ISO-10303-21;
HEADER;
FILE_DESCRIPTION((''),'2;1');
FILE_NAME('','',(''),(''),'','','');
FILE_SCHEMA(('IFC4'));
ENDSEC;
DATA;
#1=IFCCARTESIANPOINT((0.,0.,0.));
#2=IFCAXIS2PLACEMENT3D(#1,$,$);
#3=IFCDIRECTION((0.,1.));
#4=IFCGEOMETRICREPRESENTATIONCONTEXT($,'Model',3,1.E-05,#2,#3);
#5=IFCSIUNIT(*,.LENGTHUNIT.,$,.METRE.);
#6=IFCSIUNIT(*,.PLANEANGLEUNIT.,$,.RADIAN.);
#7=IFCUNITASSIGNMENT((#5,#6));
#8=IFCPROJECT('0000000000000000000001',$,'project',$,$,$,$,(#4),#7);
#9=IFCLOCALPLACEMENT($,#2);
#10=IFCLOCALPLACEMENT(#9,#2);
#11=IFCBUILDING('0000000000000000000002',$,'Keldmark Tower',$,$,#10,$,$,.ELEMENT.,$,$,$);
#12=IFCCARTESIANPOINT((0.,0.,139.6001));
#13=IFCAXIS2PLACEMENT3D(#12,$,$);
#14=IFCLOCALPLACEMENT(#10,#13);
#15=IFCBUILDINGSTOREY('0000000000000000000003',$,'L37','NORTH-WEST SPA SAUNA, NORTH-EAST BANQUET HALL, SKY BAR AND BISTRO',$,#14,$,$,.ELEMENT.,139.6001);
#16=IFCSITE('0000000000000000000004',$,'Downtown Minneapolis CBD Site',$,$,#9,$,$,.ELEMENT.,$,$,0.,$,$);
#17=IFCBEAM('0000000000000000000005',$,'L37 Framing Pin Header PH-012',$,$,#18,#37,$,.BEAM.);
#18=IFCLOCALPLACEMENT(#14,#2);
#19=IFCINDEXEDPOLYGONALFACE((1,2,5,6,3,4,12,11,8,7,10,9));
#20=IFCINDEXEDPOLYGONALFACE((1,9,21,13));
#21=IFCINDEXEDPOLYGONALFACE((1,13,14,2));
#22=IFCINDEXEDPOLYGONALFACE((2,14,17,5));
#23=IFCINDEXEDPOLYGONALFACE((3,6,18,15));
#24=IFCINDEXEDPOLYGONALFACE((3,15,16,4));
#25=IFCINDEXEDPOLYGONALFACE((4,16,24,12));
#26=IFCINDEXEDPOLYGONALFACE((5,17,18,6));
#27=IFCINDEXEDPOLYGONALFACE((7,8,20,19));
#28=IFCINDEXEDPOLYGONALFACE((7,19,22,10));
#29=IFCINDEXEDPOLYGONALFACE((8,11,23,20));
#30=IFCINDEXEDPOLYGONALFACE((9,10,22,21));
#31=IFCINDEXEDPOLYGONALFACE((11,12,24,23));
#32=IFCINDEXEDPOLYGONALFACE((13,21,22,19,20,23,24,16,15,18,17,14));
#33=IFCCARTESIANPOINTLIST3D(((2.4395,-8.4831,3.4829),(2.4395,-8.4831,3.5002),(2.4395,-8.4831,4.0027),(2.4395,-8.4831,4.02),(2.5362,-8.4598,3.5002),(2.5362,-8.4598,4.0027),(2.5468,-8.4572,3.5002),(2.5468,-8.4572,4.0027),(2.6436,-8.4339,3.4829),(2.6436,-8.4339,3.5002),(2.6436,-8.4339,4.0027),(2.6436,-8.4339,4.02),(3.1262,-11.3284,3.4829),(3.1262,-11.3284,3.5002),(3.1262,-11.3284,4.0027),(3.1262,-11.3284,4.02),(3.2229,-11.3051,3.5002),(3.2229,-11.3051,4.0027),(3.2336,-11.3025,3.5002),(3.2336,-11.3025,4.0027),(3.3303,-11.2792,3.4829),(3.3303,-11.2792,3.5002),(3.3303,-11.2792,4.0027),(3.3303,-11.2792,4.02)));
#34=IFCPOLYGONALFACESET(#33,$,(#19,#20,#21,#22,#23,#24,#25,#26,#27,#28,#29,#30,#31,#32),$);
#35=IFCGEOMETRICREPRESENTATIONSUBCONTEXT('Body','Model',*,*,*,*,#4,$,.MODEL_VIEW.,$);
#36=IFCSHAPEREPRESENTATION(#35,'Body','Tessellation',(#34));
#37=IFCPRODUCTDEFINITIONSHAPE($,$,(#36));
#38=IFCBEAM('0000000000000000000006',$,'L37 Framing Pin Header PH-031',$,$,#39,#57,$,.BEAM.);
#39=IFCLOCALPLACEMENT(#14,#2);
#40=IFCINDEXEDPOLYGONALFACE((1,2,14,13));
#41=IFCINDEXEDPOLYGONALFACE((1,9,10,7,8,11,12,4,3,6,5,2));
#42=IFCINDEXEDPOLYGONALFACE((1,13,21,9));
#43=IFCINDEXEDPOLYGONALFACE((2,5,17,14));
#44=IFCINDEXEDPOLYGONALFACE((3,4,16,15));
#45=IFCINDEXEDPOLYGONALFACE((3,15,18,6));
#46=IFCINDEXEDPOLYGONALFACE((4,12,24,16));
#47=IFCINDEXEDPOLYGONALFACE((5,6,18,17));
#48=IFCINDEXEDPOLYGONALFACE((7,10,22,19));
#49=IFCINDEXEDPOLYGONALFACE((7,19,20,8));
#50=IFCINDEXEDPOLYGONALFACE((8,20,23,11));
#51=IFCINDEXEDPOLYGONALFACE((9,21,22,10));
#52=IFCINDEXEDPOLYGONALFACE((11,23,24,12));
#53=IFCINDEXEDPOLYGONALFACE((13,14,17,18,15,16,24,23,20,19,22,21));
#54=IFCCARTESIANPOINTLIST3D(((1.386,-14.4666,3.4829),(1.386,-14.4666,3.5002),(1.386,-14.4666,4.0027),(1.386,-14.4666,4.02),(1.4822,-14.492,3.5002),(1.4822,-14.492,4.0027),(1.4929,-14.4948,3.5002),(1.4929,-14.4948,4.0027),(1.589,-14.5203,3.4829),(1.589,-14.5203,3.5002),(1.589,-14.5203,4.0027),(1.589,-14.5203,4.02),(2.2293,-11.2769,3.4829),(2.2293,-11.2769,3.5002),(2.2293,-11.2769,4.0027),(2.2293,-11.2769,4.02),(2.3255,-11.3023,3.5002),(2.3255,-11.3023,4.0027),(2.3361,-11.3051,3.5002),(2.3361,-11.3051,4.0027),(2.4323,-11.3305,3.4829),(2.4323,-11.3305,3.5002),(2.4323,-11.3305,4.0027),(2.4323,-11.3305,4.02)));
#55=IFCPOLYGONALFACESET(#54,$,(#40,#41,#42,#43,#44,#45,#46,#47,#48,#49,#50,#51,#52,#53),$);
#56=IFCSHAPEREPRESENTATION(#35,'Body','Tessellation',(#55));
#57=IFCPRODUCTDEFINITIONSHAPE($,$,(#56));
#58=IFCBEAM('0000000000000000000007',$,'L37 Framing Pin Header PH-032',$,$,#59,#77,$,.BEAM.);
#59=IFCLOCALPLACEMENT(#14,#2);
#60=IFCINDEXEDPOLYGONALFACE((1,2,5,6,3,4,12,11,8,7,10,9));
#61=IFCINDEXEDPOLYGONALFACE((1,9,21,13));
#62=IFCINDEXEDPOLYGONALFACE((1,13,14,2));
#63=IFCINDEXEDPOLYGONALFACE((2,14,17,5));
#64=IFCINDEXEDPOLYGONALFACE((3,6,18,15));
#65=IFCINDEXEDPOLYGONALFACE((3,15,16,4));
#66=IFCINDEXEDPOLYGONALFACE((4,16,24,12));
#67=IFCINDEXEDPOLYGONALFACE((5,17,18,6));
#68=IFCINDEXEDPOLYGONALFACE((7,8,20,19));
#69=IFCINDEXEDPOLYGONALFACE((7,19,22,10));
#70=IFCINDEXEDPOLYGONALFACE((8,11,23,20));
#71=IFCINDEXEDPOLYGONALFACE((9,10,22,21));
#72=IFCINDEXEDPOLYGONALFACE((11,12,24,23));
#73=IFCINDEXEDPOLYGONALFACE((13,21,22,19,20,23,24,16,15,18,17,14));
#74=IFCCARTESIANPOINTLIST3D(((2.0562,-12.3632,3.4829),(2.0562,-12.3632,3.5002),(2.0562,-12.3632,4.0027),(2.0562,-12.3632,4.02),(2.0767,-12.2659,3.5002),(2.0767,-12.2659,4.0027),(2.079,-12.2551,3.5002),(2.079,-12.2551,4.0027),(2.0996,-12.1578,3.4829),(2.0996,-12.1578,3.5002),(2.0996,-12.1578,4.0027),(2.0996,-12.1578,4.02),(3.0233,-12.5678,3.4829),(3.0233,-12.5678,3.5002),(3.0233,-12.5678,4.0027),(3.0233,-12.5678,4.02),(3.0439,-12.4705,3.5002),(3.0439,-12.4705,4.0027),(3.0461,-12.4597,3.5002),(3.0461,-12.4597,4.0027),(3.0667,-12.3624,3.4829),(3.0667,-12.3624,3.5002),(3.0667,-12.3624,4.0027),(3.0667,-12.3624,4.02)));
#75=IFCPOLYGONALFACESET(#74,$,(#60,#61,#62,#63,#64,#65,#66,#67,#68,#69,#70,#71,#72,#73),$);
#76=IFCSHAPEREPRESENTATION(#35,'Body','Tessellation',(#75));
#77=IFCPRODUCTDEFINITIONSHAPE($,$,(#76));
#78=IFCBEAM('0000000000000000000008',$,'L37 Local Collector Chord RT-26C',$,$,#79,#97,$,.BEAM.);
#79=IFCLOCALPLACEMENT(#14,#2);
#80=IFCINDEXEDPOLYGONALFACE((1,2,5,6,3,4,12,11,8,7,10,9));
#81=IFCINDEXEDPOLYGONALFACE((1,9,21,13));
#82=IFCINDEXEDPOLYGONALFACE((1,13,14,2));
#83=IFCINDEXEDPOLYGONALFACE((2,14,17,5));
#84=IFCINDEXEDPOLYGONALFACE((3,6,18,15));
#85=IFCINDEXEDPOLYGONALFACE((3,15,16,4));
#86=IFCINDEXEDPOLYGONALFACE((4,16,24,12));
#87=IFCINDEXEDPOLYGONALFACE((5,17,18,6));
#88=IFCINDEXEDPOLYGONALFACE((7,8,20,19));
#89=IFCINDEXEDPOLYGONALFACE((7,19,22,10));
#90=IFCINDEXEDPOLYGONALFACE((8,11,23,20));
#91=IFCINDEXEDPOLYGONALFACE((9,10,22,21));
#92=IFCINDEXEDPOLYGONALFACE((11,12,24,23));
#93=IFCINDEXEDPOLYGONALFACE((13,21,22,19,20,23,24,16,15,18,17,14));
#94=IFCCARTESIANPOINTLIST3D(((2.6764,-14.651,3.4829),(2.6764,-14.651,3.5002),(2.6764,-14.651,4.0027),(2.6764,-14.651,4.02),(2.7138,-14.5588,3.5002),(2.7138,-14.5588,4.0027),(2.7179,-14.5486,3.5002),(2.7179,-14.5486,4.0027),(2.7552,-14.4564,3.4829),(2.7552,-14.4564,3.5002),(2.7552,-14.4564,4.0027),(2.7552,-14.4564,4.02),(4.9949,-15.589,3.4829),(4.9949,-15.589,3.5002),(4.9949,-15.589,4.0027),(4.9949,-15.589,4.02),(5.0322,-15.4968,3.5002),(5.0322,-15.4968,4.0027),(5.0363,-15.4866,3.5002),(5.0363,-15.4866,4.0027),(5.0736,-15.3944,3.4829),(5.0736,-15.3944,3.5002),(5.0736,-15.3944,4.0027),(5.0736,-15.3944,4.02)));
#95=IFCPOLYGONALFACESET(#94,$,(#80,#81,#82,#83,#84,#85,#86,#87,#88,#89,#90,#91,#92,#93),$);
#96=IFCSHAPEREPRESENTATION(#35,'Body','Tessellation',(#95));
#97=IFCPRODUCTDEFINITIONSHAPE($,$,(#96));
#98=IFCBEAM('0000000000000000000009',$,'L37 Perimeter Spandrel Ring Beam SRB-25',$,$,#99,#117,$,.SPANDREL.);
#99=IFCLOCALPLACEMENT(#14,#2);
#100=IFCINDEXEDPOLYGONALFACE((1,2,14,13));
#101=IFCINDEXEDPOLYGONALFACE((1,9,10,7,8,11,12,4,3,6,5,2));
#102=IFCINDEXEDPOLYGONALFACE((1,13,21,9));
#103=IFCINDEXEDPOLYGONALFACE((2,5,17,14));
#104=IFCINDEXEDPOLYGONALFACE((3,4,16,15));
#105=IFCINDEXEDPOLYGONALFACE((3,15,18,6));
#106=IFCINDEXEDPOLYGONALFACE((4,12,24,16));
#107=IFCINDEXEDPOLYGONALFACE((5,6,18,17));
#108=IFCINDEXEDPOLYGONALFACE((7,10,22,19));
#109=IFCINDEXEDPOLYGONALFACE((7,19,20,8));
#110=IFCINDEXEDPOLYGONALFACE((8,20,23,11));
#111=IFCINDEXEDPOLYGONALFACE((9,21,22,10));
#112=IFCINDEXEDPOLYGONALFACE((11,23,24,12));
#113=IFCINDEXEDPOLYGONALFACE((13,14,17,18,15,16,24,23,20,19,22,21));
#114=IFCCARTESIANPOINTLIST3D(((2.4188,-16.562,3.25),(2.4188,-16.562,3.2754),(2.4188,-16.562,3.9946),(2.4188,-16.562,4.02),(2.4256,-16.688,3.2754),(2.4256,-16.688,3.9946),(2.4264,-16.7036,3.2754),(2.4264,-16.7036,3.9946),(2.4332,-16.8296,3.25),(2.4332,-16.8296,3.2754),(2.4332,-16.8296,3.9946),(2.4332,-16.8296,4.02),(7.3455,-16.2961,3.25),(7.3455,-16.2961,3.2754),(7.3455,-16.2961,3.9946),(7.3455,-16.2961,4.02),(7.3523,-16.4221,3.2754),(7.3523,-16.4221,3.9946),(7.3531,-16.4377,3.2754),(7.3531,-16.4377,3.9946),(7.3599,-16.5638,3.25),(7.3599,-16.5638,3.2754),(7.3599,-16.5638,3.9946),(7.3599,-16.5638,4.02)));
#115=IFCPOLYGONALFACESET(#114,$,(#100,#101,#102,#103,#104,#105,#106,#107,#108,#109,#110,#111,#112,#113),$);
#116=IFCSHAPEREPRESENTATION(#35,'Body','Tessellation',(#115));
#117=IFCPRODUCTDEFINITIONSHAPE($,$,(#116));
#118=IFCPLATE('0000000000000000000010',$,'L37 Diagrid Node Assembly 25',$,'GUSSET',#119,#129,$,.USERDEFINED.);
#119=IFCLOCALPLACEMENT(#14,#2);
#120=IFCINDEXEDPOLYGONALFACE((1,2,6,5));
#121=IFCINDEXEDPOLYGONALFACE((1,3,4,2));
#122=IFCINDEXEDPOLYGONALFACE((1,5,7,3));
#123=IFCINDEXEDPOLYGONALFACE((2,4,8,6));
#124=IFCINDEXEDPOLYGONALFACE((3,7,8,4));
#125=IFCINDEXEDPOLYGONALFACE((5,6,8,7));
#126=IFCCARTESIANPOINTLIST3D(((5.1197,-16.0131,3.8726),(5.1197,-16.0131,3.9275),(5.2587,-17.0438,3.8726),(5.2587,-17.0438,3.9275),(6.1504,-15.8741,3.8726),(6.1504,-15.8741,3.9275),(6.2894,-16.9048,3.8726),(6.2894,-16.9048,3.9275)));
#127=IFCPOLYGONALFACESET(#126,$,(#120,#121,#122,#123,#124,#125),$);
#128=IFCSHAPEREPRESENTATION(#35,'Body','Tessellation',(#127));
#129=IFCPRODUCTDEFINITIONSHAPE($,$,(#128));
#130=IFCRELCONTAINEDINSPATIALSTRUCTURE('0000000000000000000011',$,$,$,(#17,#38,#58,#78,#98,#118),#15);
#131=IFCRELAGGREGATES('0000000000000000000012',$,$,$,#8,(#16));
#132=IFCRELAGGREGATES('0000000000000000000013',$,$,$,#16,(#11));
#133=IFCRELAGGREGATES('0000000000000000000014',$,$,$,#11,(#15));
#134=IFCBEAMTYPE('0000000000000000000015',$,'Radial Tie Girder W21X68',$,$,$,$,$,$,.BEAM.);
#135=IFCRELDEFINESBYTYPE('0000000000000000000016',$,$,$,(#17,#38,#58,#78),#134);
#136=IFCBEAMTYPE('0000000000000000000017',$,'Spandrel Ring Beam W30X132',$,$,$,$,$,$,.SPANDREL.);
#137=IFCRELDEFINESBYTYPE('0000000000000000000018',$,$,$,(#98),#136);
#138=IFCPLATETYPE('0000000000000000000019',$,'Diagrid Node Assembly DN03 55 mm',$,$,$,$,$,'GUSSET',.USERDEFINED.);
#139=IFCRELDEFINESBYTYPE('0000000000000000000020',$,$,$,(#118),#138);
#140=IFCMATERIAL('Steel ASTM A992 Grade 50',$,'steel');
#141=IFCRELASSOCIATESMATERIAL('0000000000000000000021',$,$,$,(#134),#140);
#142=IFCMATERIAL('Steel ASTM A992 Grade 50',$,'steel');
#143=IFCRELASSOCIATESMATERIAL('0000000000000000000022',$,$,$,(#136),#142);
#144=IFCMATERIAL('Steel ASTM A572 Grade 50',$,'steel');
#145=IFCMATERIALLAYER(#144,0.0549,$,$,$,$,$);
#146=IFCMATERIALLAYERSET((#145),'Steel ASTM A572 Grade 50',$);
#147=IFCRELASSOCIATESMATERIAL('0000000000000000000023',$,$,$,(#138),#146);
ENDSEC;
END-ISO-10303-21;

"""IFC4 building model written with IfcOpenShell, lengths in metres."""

from ifc_helpers import new_model, si_unit, direction, frame, origin, origin_2d, place, context, subcontext, project, spatial, rectangle, i_section, extrude, material, layer, layer_set, material_profile, profile_set, type_object, element, save


model = new_model("IFC4")

# Units and contexts
model_context = context("Model", 3, precision=1e-05, world=origin(), true_north=direction((0.0, 1.0)))
body_context = subcontext(model_context, "Body", "Model", "MODEL_VIEW")
ifc_project = project(units=[si_unit("LENGTHUNIT", "METRE"), si_unit("PLANEANGLEUNIT", "RADIAN")], contexts=[model_context])

# Site, building, storey
site_placement = place(None, origin())
site = spatial("IfcSite", under=ifc_project, at=site_placement, Name="Downtown Minneapolis CBD Site", CompositionType="ELEMENT", RefElevation=0.0)
building_placement = place(site_placement, origin())
building = spatial("IfcBuilding", under=site, at=building_placement, Name="Keldmark Tower", CompositionType="ELEMENT")
storey_placement = place(building_placement, frame((0.0, 0.0, 139.6001)))
storey = spatial("IfcBuildingStorey", under=building, at=storey_placement, Name="L37", Description="NORTH-WEST SPA SAUNA, NORTH-EAST BANQUET HALL, SKY BAR AND BISTRO", CompositionType="ELEMENT", Elevation=139.6001)

# Beams
ifc_material_1 = material(Name="Steel ASTM A992 Grade 50", Category="steel")
ifc_material_profile_1 = material_profile(ifc_material_1, i_section(OverallWidth=0.21, OverallDepth=0.5371, WebThickness=0.011, FlangeThickness=0.0173, at=origin_2d()), Name="W21X68")
ifc_profile_set_1 = profile_set([ifc_material_profile_1], Name="Steel ASTM A992 Grade 50")
beam_type_1 = type_object("IfcBeamType", Name="Radial Tie Girder W21X68", PredefinedType="BEAM", material=ifc_profile_set_1)
beam_1_placement = place(storey_placement, frame((2.5415, -8.4585, 3.7515), z_axis=(0.234638, -0.972083, 0.0), x_axis=(0.972083, 0.234638, 0.0)))
element("IfcBeam", 1, at=beam_1_placement, inside=storey, type_object=beam_type_1, Name="L37 Framing Pin Header PH-012", PredefinedType="BEAM", context=body_context, shape_type="SweptSolid", body=[
    extrude(i_section(OverallWidth=0.21, OverallDepth=0.5371, WebThickness=0.011, FlangeThickness=0.0173, at=origin_2d()), origin(), (0.0, 0.0, 1.0), 2.927),
])
beam_2_placement = place(storey_placement, frame((2.3308, -11.3037, 3.7515), z_axis=(-0.255589, -0.966785, 0.0), x_axis=(0.966785, -0.255589, 0.0)))
element("IfcBeam", 2, at=beam_2_placement, inside=storey, type_object=beam_type_1, Name="L37 Framing Pin Header PH-031", PredefinedType="BEAM", context=body_context, shape_type="SweptSolid", body=[
    extrude(i_section(OverallWidth=0.21, OverallDepth=0.5371, WebThickness=0.011, FlangeThickness=0.0173, at=origin_2d()), origin(), (0.0, 0.0, 1.0), 3.2993),
])
beam_3_placement = place(storey_placement, frame((2.0779, -12.2605, 3.7515), z_axis=(0.978345, -0.206981, 0.0), x_axis=(0.206981, 0.978345, 0.0)))
element("IfcBeam", 3, at=beam_3_placement, inside=storey, type_object=beam_type_1, Name="L37 Framing Pin Header PH-032", PredefinedType="BEAM", context=body_context, shape_type="SweptSolid", body=[
    extrude(i_section(OverallWidth=0.21, OverallDepth=0.5371, WebThickness=0.011, FlangeThickness=0.0173, at=origin_2d()), origin(), (0.0, 0.0, 1.0), 0.9885),
])
beam_4_placement = place(storey_placement, frame((2.7158, -14.5537, 3.7515), z_axis=(0.927002, -0.375057, 0.0), x_axis=(0.375057, 0.927002, 0.0)))
element("IfcBeam", 4, at=beam_4_placement, inside=storey, type_object=beam_type_1, Name="L37 Local Collector Chord RT-26C", PredefinedType="BEAM", context=body_context, shape_type="SweptSolid", body=[
    extrude(i_section(OverallWidth=0.21, OverallDepth=0.5371, WebThickness=0.011, FlangeThickness=0.0173, at=origin_2d()), origin(), (0.0, 0.0, 1.0), 2.501),
])
ifc_material_2 = material(Name="Steel ASTM A992 Grade 50", Category="steel")
ifc_material_profile_2 = material_profile(ifc_material_2, i_section(OverallWidth=0.2681, OverallDepth=0.77, WebThickness=0.0156, FlangeThickness=0.0254, at=origin_2d()), Name="W30X132")
ifc_profile_set_2 = profile_set([ifc_material_profile_2], Name="Steel ASTM A992 Grade 50")
beam_type_2 = type_object("IfcBeamType", Name="Spandrel Ring Beam W30X132", PredefinedType="SPANDREL", material=ifc_profile_set_2)
beam_5_placement = place(storey_placement, frame((2.426, -16.6958, 3.635), z_axis=(0.998547, 0.053886, 0.0), x_axis=(-0.053886, 0.998547, 0.0)))
element("IfcBeam", 5, at=beam_5_placement, inside=storey, type_object=beam_type_2, Name="L37 Perimeter Spandrel Ring Beam SRB-25", PredefinedType="SPANDREL", context=body_context, shape_type="SweptSolid", body=[
    extrude(i_section(OverallWidth=0.2681, OverallDepth=0.77, WebThickness=0.0156, FlangeThickness=0.0254, at=origin_2d()), origin(), (0.0, 0.0, 1.0), 4.9338),
])

# Plate
ifc_material_3 = material(Name="Steel ASTM A572 Grade 50", Category="steel")
ifc_layer_1 = layer(ifc_material_3, 0.0549)
ifc_layer_set_1 = layer_set([ifc_layer_1], Name="Steel ASTM A572 Grade 50")
plate_type = type_object("IfcPlateType", Name="Diagrid Node Assembly DN03 55 mm", ElementType="GUSSET", PredefinedType="USERDEFINED", material=ifc_layer_set_1)
plate_placement = place(storey_placement, frame((5.7046, -16.459, 3.8726), z_axis=(0.0, 0.0, 1.0), x_axis=(0.99103, 0.13364, 0.0)))
element("IfcPlate", 6, at=plate_placement, inside=storey, type_object=plate_type, Name="L37 Diagrid Node Assembly 25", ObjectType="GUSSET", PredefinedType="USERDEFINED", context=body_context, shape_type="SweptSolid", body=[
    extrude(rectangle(XDim=1.04, YDim=1.04, at=origin_2d()), origin(), (0.0, 0.0, 1.0), 0.0549),
])

save(model, "model.ifc")
